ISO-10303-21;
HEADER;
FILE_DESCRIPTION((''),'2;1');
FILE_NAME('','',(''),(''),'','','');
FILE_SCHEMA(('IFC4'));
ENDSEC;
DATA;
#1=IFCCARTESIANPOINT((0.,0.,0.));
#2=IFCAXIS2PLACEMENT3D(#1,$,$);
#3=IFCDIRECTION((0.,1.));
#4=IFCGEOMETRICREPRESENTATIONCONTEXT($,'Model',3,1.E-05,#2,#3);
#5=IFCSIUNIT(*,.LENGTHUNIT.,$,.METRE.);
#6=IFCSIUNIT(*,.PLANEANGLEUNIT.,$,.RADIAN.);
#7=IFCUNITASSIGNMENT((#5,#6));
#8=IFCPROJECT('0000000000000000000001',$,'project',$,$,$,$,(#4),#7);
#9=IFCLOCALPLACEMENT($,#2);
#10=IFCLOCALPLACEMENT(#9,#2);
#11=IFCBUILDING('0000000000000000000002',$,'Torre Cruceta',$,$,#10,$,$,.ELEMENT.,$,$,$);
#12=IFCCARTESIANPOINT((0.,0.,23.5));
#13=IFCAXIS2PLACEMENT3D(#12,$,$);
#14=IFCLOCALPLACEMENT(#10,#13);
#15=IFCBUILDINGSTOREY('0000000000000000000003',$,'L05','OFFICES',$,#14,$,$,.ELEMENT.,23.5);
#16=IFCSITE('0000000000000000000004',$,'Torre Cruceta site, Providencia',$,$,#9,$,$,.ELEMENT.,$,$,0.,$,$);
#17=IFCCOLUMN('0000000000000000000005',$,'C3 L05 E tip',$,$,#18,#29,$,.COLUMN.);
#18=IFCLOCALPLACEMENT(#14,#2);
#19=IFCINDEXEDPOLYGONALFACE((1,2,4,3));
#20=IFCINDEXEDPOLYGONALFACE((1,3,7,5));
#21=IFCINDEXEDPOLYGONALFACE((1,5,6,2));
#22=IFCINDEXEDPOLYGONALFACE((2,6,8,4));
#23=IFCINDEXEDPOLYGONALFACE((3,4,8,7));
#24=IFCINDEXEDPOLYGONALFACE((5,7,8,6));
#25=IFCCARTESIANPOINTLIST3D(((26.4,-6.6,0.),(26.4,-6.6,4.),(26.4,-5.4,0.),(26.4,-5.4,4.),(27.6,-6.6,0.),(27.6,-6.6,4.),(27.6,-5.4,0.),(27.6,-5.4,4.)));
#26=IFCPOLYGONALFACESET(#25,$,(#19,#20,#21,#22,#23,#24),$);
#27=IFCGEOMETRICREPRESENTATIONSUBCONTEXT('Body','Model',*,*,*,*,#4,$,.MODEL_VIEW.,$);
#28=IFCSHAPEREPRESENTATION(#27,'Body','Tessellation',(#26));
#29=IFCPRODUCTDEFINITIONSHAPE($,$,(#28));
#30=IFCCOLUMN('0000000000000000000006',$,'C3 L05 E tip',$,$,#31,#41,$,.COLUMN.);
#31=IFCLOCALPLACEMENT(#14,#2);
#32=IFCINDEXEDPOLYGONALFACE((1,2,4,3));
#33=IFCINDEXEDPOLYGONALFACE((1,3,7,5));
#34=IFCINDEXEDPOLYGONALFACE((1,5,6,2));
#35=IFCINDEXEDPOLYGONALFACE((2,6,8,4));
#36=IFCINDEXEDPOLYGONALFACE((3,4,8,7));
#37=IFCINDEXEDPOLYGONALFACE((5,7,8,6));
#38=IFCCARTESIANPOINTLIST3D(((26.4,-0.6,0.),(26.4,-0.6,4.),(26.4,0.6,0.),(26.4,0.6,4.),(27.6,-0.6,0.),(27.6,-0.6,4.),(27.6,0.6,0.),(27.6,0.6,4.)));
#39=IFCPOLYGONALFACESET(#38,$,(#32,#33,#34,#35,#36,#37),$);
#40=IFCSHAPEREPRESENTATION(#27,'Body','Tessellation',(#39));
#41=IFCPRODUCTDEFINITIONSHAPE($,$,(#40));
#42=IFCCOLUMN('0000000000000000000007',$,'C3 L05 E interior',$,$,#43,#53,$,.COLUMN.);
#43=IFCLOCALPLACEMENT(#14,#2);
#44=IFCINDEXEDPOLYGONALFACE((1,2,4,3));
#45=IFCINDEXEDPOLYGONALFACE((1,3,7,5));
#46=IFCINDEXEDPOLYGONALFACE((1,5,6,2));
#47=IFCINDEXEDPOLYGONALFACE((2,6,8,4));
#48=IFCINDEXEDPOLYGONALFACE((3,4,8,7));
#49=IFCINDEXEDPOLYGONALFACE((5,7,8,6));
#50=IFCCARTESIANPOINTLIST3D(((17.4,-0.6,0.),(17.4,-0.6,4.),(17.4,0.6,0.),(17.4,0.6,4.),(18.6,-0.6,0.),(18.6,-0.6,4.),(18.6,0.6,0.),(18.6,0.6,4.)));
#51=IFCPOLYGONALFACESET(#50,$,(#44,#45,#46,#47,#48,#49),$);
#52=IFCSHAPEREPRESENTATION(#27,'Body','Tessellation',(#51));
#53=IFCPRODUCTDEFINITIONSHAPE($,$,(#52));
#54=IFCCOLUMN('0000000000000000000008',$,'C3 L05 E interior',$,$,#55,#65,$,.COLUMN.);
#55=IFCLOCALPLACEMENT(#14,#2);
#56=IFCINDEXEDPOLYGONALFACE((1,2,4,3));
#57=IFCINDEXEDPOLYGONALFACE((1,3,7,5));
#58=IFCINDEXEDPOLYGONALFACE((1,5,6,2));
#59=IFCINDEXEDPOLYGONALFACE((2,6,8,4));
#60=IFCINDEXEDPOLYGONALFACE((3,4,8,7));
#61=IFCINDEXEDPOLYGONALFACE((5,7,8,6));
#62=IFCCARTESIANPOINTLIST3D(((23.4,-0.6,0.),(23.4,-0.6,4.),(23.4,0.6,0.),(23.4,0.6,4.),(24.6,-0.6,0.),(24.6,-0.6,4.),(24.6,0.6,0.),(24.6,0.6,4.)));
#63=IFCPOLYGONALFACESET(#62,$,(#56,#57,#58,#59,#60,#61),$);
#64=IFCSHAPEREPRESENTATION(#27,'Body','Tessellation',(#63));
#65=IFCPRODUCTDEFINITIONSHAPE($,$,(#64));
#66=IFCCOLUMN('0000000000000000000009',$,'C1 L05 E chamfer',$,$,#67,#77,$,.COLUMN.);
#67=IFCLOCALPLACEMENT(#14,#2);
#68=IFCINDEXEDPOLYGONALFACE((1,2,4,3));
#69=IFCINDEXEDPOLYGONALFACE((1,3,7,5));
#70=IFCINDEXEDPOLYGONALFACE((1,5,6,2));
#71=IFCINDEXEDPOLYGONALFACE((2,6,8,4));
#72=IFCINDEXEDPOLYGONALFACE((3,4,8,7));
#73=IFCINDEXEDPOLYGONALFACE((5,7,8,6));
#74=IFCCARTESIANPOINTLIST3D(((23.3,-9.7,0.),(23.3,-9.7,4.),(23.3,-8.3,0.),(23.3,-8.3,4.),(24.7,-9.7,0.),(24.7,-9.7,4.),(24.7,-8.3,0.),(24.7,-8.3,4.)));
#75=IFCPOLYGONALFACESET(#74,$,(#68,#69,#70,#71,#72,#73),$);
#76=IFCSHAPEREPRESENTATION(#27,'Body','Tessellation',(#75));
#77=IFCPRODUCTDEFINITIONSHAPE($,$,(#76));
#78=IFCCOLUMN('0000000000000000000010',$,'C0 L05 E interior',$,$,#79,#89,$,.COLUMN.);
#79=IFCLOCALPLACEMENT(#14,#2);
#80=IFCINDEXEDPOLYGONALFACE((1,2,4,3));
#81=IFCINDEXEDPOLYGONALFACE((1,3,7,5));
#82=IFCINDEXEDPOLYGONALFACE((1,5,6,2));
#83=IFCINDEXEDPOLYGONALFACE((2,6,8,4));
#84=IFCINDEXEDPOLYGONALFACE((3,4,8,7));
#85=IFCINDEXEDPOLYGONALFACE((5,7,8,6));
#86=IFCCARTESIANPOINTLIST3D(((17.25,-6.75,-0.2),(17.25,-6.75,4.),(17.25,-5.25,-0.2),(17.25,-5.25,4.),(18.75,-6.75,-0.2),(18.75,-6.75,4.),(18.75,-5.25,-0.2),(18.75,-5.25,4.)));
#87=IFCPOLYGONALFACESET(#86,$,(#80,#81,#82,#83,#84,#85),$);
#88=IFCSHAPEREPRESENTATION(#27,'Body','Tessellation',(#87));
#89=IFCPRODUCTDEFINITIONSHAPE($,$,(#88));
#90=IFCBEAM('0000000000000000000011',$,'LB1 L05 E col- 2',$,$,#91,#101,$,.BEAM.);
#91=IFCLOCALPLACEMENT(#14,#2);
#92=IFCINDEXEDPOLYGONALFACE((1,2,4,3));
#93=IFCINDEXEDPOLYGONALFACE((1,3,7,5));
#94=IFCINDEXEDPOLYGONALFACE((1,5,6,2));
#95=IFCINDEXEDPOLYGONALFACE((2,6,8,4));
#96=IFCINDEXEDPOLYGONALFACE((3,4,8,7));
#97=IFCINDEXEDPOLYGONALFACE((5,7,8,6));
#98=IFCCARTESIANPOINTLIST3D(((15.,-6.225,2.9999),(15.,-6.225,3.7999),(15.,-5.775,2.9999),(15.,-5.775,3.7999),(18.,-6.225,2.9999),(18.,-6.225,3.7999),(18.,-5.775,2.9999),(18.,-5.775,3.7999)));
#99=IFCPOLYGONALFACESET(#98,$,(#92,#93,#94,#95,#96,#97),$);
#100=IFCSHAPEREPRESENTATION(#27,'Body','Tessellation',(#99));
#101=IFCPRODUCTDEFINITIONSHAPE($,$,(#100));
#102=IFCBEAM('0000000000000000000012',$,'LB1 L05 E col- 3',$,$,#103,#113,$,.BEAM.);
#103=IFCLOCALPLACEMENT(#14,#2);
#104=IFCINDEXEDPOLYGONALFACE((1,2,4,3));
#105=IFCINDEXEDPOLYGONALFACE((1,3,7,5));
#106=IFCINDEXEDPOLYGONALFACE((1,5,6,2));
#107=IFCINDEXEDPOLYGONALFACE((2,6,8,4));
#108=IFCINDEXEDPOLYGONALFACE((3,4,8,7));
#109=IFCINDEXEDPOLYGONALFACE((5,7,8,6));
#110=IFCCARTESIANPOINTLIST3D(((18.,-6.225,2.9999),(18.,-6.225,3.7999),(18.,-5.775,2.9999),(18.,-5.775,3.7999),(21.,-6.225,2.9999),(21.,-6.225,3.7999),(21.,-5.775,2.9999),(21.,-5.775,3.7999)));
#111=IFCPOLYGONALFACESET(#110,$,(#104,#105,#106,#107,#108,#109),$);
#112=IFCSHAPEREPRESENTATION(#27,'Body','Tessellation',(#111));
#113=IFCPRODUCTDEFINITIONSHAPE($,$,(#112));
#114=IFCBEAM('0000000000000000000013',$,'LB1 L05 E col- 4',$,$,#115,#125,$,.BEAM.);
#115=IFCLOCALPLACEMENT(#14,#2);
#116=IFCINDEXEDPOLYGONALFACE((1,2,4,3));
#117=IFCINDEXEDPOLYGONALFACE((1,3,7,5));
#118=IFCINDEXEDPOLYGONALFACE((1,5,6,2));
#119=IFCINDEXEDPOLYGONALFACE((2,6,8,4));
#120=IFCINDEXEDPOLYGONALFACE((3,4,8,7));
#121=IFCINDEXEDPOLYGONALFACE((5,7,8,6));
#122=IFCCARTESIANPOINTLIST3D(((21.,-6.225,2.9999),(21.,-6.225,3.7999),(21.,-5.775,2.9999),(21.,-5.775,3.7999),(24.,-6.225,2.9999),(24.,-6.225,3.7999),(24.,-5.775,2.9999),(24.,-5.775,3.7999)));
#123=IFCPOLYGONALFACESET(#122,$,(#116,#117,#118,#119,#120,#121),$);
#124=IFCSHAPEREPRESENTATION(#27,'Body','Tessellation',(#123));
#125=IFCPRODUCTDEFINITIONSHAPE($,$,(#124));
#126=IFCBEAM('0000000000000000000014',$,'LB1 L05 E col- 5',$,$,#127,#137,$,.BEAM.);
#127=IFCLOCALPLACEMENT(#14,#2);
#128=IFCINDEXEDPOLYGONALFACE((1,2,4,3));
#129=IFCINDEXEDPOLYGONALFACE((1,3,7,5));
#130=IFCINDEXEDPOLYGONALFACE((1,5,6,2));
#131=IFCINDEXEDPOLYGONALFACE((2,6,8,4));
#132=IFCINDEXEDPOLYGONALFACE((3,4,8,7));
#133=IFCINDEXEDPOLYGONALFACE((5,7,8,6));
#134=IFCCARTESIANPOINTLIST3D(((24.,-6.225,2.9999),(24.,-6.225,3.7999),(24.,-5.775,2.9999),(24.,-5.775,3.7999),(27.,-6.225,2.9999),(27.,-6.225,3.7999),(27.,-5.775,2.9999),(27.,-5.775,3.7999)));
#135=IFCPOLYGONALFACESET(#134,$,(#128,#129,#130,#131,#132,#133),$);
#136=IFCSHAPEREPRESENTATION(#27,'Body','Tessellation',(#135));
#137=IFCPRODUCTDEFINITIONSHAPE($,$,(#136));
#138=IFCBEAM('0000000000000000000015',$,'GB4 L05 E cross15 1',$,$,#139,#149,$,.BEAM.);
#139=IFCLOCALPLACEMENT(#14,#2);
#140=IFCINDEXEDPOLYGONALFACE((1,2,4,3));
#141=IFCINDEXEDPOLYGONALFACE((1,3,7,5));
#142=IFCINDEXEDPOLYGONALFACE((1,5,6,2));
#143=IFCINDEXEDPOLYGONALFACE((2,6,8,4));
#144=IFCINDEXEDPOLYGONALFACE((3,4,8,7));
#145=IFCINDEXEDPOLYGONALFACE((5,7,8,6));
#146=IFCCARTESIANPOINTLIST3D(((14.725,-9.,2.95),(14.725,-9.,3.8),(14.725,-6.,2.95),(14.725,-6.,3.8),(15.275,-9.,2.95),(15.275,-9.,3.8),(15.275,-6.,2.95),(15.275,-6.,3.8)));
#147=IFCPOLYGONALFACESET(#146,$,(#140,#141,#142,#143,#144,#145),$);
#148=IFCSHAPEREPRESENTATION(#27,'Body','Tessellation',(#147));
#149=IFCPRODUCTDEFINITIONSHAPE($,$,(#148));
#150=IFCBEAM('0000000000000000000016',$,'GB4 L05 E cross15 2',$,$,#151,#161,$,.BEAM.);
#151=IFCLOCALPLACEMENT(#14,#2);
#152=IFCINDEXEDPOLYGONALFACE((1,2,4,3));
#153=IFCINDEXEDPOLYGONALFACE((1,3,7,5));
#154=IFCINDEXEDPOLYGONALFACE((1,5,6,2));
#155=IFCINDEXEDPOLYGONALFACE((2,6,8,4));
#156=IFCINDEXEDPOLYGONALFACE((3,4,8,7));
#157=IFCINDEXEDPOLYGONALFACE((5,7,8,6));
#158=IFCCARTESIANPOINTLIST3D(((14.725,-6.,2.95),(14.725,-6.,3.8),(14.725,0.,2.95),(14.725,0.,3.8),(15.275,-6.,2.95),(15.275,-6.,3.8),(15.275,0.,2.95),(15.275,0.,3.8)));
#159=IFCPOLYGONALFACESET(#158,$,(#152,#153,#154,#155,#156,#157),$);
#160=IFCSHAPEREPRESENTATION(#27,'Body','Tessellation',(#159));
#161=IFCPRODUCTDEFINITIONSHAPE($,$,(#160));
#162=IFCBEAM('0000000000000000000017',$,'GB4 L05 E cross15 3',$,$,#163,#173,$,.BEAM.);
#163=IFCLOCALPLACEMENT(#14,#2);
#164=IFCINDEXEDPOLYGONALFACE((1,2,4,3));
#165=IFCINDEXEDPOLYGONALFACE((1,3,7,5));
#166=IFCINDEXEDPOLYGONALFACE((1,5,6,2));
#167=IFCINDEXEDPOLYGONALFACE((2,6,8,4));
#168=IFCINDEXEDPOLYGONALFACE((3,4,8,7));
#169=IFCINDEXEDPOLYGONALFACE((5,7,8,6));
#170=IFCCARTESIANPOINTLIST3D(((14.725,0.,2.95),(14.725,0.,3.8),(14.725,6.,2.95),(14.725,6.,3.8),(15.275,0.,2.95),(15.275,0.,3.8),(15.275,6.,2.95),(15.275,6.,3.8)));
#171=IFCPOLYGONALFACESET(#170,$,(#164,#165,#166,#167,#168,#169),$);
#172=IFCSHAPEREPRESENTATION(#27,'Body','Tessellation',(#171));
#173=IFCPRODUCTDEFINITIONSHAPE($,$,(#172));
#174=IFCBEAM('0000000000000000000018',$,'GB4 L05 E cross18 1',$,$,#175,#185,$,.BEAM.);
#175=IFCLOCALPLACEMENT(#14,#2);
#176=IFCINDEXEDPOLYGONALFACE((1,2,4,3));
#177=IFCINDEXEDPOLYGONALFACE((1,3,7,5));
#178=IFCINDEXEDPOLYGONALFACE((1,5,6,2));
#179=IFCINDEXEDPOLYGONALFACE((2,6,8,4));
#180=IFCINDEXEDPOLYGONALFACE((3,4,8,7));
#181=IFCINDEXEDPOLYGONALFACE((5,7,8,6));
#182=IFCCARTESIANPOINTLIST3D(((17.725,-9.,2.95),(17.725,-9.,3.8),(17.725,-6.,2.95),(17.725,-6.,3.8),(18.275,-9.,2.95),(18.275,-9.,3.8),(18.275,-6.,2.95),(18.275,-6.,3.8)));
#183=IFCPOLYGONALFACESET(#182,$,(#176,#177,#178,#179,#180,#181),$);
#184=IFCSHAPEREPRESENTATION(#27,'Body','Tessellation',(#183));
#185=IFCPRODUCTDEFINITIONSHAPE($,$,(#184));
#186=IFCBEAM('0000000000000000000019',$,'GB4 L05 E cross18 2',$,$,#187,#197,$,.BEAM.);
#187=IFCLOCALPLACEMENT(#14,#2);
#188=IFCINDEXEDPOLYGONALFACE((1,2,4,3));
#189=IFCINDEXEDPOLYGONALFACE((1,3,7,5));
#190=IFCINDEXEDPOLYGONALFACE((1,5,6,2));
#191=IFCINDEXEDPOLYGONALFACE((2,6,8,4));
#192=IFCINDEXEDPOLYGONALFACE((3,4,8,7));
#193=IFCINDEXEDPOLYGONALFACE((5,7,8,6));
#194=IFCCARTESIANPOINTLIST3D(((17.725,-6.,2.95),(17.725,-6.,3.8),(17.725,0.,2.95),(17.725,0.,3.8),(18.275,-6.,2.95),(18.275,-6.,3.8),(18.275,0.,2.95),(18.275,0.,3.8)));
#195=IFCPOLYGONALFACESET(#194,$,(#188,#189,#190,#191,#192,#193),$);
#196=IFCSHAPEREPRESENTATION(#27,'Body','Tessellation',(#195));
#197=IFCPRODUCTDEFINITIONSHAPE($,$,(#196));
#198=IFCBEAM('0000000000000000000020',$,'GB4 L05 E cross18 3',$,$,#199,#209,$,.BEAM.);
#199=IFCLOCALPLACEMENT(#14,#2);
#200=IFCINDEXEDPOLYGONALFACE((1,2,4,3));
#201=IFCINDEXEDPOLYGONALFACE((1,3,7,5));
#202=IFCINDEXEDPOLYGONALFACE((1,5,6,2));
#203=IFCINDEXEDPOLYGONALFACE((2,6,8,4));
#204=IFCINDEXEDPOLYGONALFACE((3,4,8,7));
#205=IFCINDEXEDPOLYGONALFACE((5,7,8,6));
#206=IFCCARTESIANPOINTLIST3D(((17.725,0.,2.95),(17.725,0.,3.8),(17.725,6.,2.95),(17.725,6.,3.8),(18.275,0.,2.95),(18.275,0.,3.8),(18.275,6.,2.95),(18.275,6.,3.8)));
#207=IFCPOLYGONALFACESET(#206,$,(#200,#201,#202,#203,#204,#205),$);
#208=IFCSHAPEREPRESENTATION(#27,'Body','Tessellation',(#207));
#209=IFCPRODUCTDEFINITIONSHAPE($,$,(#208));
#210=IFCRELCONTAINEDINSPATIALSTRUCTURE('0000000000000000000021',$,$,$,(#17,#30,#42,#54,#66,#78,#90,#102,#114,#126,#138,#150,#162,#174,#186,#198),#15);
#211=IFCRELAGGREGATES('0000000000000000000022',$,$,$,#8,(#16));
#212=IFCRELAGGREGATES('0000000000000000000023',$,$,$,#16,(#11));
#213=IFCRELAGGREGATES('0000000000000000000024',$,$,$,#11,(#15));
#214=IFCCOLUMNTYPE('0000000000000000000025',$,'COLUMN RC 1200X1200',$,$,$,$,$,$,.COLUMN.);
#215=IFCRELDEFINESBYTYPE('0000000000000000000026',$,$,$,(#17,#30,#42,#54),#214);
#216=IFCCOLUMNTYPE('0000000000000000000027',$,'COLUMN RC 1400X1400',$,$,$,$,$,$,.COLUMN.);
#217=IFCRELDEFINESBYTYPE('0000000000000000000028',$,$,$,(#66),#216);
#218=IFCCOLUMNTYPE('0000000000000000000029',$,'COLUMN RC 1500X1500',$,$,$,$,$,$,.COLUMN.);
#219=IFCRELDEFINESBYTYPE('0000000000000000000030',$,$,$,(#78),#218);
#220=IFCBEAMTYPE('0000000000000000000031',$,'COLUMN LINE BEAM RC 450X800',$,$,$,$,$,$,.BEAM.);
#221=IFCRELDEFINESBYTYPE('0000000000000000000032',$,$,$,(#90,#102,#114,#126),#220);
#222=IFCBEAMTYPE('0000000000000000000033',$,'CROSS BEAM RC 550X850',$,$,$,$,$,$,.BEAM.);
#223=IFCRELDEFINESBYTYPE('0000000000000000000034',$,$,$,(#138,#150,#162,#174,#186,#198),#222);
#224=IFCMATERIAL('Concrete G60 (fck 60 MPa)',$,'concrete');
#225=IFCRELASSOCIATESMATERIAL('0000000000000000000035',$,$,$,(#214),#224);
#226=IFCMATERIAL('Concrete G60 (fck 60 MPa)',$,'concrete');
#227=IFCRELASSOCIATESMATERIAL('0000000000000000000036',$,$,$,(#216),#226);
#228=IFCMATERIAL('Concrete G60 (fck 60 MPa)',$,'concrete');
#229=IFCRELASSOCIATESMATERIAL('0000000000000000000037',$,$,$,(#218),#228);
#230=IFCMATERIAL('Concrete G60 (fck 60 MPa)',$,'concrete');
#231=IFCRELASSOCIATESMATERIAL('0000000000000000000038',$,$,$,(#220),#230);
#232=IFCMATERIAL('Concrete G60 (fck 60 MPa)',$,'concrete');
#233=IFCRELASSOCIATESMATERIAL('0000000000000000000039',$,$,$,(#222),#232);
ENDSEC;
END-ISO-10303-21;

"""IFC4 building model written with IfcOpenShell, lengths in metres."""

from ifc_helpers import new_model, si_unit, direction, frame, origin, origin_2d, place, context, subcontext, project, spatial, rectangle, extrude, material, material_profile, profile_set, type_object, element, save


model = new_model("IFC4")

# Units and contexts
model_context = context("Model", 3, precision=1e-05, world=origin(), true_north=direction((0.0, 1.0)))
body_context = subcontext(model_context, "Body", "Model", "MODEL_VIEW")
ifc_project = project(units=[si_unit("LENGTHUNIT", "METRE"), si_unit("PLANEANGLEUNIT", "RADIAN")], contexts=[model_context])

# Site, building, storey
site_placement = place(None, origin())
site = spatial("IfcSite", under=ifc_project, at=site_placement, Name="Torre Cruceta site, Providencia", CompositionType="ELEMENT", RefElevation=0.0)
building_placement = place(site_placement, origin())
building = spatial("IfcBuilding", under=site, at=building_placement, Name="Torre Cruceta", CompositionType="ELEMENT")
storey_placement = place(building_placement, frame((0.0, 0.0, 23.5)))
storey = spatial("IfcBuildingStorey", under=building, at=storey_placement, Name="L05", Description="OFFICES", CompositionType="ELEMENT", Elevation=23.5)

# Columns
ifc_material_1 = material(Name="Concrete G60 (fck 60 MPa)", Category="concrete")
ifc_material_profile_1 = material_profile(ifc_material_1, rectangle(XDim=1.2, YDim=1.2, at=origin_2d()), Name="RC 1200X1200")
ifc_profile_set_1 = profile_set([ifc_material_profile_1], Name="Concrete G60 (fck 60 MPa)")
column_type_1 = type_object("IfcColumnType", Name="COLUMN RC 1200X1200", PredefinedType="COLUMN", material=ifc_profile_set_1)
for number, where, z_axis, x_axis, name in (
    (1, (27.0, -6.0, 0.0), (0.0, 0.0, 1.0), (1.0, 0.0, 0.0), "C3 L05 E tip"),
    (2, (27.0, 0.0, 0.0), (0.0, 0.0, 1.0), (1.0, 0.0, 0.0), "C3 L05 E tip"),
    (3, (18.0, 0.0, 0.0), (0.0, 0.0, 1.0), (1.0, 0.0, 0.0), "C3 L05 E interior"),
    (4, (24.0, 0.0, 0.0), (0.0, 0.0, 1.0), (1.0, 0.0, 0.0), "C3 L05 E interior"),
):
    element("IfcColumn", number, at=place(storey_placement, frame(where, z_axis=z_axis, x_axis=x_axis)), inside=storey, type_object=column_type_1, Name=name, PredefinedType="COLUMN", context=body_context, shape_type="SweptSolid", body=[
        extrude(rectangle(XDim=1.2, YDim=1.2, at=origin_2d()), origin(), (0.0, 0.0, 1.0), 4.0),
    ])
ifc_material_2 = material(Name="Concrete G60 (fck 60 MPa)", Category="concrete")
ifc_material_profile_2 = material_profile(ifc_material_2, rectangle(XDim=1.3999, YDim=1.3999, at=origin_2d()), Name="RC 1400X1400")
ifc_profile_set_2 = profile_set([ifc_material_profile_2], Name="Concrete G60 (fck 60 MPa)")
column_type_2 = type_object("IfcColumnType", Name="COLUMN RC 1400X1400", PredefinedType="COLUMN", material=ifc_profile_set_2)
column_1_placement = place(storey_placement, frame((24.0, -9.0, 0.0), z_axis=(0.0, 0.0, 1.0), x_axis=(1.0, 0.0, 0.0)))
element("IfcColumn", 5, at=column_1_placement, inside=storey, type_object=column_type_2, Name="C1 L05 E chamfer", PredefinedType="COLUMN", context=body_context, shape_type="SweptSolid", body=[
    extrude(rectangle(XDim=1.3999, YDim=1.3999, at=origin_2d()), origin(), (0.0, 0.0, 1.0), 4.0),
])
ifc_material_3 = material(Name="Concrete G60 (fck 60 MPa)", Category="concrete")
ifc_material_profile_3 = material_profile(ifc_material_3, rectangle(XDim=1.5, YDim=1.5, at=origin_2d()), Name="RC 1500X1500")
ifc_profile_set_3 = profile_set([ifc_material_profile_3], Name="Concrete G60 (fck 60 MPa)")
column_type_3 = type_object("IfcColumnType", Name="COLUMN RC 1500X1500", PredefinedType="COLUMN", material=ifc_profile_set_3)
column_2_placement = place(storey_placement, frame((18.0, -6.0, -0.2), z_axis=(0.0, 0.0, 1.0), x_axis=(1.0, 0.0, 0.0)))
element("IfcColumn", 6, at=column_2_placement, inside=storey, type_object=column_type_3, Name="C0 L05 E interior", PredefinedType="COLUMN", context=body_context, shape_type="SweptSolid", body=[
    extrude(rectangle(XDim=1.5, YDim=1.5, at=origin_2d()), origin(), (0.0, 0.0, 1.0), 4.2),
])

# Beams
ifc_material_4 = material(Name="Concrete G60 (fck 60 MPa)", Category="concrete")
ifc_material_profile_4 = material_profile(ifc_material_4, rectangle(XDim=0.45, YDim=0.8, at=origin_2d()), Name="RC 450X800")
ifc_profile_set_4 = profile_set([ifc_material_profile_4], Name="Concrete G60 (fck 60 MPa)")
beam_type_1 = type_object("IfcBeamType", Name="COLUMN LINE BEAM RC 450X800", PredefinedType="BEAM", material=ifc_profile_set_4)
for number, where, z_axis, x_axis, name in (
    (7, (15.0, -6.0, 3.3999), (1.0, 0.0, 0.0), (0.0, 1.0, 0.0), "LB1 L05 E col- 2"),
    (8, (18.0, -6.0, 3.3999), (1.0, 0.0, 0.0), (0.0, 1.0, 0.0), "LB1 L05 E col- 3"),
    (9, (21.0, -6.0, 3.3999), (1.0, 0.0, 0.0), (0.0, 1.0, 0.0), "LB1 L05 E col- 4"),
    (10, (24.0, -6.0, 3.3999), (1.0, 0.0, 0.0), (0.0, 1.0, 0.0), "LB1 L05 E col- 5"),
):
    element("IfcBeam", number, at=place(storey_placement, frame(where, z_axis=z_axis, x_axis=x_axis)), inside=storey, type_object=beam_type_1, Name=name, PredefinedType="BEAM", context=body_context, shape_type="SweptSolid", body=[
        extrude(rectangle(XDim=0.45, YDim=0.8, at=origin_2d()), origin(), (0.0, 0.0, 1.0), 3.0),
    ])
ifc_material_5 = material(Name="Concrete G60 (fck 60 MPa)", Category="concrete")
ifc_material_profile_5 = material_profile(ifc_material_5, rectangle(XDim=0.55, YDim=0.8501, at=origin_2d()), Name="RC 550X850")
ifc_profile_set_5 = profile_set([ifc_material_profile_5], Name="Concrete G60 (fck 60 MPa)")
beam_type_2 = type_object("IfcBeamType", Name="CROSS BEAM RC 550X850", PredefinedType="BEAM", material=ifc_profile_set_5)
beam_1_placement = place(storey_placement, frame((15.0, -9.0, 3.375), z_axis=(0.0, 1.0, 0.0), x_axis=(-1.0, 0.0, 0.0)))
element("IfcBeam", 11, at=beam_1_placement, inside=storey, type_object=beam_type_2, Name="GB4 L05 E cross15 1", PredefinedType="BEAM", context=body_context, shape_type="SweptSolid", body=[
    extrude(rectangle(XDim=0.55, YDim=0.8501, at=origin_2d()), origin(), (0.0, 0.0, 1.0), 3.0),
])
for number, where, z_axis, x_axis, name in (
    (12, (15.0, -6.0, 3.375), (0.0, 1.0, 0.0), (-1.0, 0.0, 0.0), "GB4 L05 E cross15 2"),
    (13, (15.0, 0.0, 3.375), (0.0, 1.0, 0.0), (-1.0, 0.0, 0.0), "GB4 L05 E cross15 3"),
):
    element("IfcBeam", number, at=place(storey_placement, frame(where, z_axis=z_axis, x_axis=x_axis)), inside=storey, type_object=beam_type_2, Name=name, PredefinedType="BEAM", context=body_context, shape_type="SweptSolid", body=[
        extrude(rectangle(XDim=0.55, YDim=0.8501, at=origin_2d()), origin(), (0.0, 0.0, 1.0), 6.0),
    ])
beam_2_placement = place(storey_placement, frame((18.0, -9.0, 3.375), z_axis=(0.0, 1.0, 0.0), x_axis=(-1.0, 0.0, 0.0)))
element("IfcBeam", 14, at=beam_2_placement, inside=storey, type_object=beam_type_2, Name="GB4 L05 E cross18 1", PredefinedType="BEAM", context=body_context, shape_type="SweptSolid", body=[
    extrude(rectangle(XDim=0.55, YDim=0.8501, at=origin_2d()), origin(), (0.0, 0.0, 1.0), 3.0),
])
for number, where, z_axis, x_axis, name in (
    (15, (18.0, -6.0, 3.375), (0.0, 1.0, 0.0), (-1.0, 0.0, 0.0), "GB4 L05 E cross18 2"),
    (16, (18.0, 0.0, 3.375), (0.0, 1.0, 0.0), (-1.0, 0.0, 0.0), "GB4 L05 E cross18 3"),
):
    element("IfcBeam", number, at=place(storey_placement, frame(where, z_axis=z_axis, x_axis=x_axis)), inside=storey, type_object=beam_type_2, Name=name, PredefinedType="BEAM", context=body_context, shape_type="SweptSolid", body=[
        extrude(rectangle(XDim=0.55, YDim=0.8501, at=origin_2d()), origin(), (0.0, 0.0, 1.0), 6.0),
    ])

save(model, "model.ifc")
